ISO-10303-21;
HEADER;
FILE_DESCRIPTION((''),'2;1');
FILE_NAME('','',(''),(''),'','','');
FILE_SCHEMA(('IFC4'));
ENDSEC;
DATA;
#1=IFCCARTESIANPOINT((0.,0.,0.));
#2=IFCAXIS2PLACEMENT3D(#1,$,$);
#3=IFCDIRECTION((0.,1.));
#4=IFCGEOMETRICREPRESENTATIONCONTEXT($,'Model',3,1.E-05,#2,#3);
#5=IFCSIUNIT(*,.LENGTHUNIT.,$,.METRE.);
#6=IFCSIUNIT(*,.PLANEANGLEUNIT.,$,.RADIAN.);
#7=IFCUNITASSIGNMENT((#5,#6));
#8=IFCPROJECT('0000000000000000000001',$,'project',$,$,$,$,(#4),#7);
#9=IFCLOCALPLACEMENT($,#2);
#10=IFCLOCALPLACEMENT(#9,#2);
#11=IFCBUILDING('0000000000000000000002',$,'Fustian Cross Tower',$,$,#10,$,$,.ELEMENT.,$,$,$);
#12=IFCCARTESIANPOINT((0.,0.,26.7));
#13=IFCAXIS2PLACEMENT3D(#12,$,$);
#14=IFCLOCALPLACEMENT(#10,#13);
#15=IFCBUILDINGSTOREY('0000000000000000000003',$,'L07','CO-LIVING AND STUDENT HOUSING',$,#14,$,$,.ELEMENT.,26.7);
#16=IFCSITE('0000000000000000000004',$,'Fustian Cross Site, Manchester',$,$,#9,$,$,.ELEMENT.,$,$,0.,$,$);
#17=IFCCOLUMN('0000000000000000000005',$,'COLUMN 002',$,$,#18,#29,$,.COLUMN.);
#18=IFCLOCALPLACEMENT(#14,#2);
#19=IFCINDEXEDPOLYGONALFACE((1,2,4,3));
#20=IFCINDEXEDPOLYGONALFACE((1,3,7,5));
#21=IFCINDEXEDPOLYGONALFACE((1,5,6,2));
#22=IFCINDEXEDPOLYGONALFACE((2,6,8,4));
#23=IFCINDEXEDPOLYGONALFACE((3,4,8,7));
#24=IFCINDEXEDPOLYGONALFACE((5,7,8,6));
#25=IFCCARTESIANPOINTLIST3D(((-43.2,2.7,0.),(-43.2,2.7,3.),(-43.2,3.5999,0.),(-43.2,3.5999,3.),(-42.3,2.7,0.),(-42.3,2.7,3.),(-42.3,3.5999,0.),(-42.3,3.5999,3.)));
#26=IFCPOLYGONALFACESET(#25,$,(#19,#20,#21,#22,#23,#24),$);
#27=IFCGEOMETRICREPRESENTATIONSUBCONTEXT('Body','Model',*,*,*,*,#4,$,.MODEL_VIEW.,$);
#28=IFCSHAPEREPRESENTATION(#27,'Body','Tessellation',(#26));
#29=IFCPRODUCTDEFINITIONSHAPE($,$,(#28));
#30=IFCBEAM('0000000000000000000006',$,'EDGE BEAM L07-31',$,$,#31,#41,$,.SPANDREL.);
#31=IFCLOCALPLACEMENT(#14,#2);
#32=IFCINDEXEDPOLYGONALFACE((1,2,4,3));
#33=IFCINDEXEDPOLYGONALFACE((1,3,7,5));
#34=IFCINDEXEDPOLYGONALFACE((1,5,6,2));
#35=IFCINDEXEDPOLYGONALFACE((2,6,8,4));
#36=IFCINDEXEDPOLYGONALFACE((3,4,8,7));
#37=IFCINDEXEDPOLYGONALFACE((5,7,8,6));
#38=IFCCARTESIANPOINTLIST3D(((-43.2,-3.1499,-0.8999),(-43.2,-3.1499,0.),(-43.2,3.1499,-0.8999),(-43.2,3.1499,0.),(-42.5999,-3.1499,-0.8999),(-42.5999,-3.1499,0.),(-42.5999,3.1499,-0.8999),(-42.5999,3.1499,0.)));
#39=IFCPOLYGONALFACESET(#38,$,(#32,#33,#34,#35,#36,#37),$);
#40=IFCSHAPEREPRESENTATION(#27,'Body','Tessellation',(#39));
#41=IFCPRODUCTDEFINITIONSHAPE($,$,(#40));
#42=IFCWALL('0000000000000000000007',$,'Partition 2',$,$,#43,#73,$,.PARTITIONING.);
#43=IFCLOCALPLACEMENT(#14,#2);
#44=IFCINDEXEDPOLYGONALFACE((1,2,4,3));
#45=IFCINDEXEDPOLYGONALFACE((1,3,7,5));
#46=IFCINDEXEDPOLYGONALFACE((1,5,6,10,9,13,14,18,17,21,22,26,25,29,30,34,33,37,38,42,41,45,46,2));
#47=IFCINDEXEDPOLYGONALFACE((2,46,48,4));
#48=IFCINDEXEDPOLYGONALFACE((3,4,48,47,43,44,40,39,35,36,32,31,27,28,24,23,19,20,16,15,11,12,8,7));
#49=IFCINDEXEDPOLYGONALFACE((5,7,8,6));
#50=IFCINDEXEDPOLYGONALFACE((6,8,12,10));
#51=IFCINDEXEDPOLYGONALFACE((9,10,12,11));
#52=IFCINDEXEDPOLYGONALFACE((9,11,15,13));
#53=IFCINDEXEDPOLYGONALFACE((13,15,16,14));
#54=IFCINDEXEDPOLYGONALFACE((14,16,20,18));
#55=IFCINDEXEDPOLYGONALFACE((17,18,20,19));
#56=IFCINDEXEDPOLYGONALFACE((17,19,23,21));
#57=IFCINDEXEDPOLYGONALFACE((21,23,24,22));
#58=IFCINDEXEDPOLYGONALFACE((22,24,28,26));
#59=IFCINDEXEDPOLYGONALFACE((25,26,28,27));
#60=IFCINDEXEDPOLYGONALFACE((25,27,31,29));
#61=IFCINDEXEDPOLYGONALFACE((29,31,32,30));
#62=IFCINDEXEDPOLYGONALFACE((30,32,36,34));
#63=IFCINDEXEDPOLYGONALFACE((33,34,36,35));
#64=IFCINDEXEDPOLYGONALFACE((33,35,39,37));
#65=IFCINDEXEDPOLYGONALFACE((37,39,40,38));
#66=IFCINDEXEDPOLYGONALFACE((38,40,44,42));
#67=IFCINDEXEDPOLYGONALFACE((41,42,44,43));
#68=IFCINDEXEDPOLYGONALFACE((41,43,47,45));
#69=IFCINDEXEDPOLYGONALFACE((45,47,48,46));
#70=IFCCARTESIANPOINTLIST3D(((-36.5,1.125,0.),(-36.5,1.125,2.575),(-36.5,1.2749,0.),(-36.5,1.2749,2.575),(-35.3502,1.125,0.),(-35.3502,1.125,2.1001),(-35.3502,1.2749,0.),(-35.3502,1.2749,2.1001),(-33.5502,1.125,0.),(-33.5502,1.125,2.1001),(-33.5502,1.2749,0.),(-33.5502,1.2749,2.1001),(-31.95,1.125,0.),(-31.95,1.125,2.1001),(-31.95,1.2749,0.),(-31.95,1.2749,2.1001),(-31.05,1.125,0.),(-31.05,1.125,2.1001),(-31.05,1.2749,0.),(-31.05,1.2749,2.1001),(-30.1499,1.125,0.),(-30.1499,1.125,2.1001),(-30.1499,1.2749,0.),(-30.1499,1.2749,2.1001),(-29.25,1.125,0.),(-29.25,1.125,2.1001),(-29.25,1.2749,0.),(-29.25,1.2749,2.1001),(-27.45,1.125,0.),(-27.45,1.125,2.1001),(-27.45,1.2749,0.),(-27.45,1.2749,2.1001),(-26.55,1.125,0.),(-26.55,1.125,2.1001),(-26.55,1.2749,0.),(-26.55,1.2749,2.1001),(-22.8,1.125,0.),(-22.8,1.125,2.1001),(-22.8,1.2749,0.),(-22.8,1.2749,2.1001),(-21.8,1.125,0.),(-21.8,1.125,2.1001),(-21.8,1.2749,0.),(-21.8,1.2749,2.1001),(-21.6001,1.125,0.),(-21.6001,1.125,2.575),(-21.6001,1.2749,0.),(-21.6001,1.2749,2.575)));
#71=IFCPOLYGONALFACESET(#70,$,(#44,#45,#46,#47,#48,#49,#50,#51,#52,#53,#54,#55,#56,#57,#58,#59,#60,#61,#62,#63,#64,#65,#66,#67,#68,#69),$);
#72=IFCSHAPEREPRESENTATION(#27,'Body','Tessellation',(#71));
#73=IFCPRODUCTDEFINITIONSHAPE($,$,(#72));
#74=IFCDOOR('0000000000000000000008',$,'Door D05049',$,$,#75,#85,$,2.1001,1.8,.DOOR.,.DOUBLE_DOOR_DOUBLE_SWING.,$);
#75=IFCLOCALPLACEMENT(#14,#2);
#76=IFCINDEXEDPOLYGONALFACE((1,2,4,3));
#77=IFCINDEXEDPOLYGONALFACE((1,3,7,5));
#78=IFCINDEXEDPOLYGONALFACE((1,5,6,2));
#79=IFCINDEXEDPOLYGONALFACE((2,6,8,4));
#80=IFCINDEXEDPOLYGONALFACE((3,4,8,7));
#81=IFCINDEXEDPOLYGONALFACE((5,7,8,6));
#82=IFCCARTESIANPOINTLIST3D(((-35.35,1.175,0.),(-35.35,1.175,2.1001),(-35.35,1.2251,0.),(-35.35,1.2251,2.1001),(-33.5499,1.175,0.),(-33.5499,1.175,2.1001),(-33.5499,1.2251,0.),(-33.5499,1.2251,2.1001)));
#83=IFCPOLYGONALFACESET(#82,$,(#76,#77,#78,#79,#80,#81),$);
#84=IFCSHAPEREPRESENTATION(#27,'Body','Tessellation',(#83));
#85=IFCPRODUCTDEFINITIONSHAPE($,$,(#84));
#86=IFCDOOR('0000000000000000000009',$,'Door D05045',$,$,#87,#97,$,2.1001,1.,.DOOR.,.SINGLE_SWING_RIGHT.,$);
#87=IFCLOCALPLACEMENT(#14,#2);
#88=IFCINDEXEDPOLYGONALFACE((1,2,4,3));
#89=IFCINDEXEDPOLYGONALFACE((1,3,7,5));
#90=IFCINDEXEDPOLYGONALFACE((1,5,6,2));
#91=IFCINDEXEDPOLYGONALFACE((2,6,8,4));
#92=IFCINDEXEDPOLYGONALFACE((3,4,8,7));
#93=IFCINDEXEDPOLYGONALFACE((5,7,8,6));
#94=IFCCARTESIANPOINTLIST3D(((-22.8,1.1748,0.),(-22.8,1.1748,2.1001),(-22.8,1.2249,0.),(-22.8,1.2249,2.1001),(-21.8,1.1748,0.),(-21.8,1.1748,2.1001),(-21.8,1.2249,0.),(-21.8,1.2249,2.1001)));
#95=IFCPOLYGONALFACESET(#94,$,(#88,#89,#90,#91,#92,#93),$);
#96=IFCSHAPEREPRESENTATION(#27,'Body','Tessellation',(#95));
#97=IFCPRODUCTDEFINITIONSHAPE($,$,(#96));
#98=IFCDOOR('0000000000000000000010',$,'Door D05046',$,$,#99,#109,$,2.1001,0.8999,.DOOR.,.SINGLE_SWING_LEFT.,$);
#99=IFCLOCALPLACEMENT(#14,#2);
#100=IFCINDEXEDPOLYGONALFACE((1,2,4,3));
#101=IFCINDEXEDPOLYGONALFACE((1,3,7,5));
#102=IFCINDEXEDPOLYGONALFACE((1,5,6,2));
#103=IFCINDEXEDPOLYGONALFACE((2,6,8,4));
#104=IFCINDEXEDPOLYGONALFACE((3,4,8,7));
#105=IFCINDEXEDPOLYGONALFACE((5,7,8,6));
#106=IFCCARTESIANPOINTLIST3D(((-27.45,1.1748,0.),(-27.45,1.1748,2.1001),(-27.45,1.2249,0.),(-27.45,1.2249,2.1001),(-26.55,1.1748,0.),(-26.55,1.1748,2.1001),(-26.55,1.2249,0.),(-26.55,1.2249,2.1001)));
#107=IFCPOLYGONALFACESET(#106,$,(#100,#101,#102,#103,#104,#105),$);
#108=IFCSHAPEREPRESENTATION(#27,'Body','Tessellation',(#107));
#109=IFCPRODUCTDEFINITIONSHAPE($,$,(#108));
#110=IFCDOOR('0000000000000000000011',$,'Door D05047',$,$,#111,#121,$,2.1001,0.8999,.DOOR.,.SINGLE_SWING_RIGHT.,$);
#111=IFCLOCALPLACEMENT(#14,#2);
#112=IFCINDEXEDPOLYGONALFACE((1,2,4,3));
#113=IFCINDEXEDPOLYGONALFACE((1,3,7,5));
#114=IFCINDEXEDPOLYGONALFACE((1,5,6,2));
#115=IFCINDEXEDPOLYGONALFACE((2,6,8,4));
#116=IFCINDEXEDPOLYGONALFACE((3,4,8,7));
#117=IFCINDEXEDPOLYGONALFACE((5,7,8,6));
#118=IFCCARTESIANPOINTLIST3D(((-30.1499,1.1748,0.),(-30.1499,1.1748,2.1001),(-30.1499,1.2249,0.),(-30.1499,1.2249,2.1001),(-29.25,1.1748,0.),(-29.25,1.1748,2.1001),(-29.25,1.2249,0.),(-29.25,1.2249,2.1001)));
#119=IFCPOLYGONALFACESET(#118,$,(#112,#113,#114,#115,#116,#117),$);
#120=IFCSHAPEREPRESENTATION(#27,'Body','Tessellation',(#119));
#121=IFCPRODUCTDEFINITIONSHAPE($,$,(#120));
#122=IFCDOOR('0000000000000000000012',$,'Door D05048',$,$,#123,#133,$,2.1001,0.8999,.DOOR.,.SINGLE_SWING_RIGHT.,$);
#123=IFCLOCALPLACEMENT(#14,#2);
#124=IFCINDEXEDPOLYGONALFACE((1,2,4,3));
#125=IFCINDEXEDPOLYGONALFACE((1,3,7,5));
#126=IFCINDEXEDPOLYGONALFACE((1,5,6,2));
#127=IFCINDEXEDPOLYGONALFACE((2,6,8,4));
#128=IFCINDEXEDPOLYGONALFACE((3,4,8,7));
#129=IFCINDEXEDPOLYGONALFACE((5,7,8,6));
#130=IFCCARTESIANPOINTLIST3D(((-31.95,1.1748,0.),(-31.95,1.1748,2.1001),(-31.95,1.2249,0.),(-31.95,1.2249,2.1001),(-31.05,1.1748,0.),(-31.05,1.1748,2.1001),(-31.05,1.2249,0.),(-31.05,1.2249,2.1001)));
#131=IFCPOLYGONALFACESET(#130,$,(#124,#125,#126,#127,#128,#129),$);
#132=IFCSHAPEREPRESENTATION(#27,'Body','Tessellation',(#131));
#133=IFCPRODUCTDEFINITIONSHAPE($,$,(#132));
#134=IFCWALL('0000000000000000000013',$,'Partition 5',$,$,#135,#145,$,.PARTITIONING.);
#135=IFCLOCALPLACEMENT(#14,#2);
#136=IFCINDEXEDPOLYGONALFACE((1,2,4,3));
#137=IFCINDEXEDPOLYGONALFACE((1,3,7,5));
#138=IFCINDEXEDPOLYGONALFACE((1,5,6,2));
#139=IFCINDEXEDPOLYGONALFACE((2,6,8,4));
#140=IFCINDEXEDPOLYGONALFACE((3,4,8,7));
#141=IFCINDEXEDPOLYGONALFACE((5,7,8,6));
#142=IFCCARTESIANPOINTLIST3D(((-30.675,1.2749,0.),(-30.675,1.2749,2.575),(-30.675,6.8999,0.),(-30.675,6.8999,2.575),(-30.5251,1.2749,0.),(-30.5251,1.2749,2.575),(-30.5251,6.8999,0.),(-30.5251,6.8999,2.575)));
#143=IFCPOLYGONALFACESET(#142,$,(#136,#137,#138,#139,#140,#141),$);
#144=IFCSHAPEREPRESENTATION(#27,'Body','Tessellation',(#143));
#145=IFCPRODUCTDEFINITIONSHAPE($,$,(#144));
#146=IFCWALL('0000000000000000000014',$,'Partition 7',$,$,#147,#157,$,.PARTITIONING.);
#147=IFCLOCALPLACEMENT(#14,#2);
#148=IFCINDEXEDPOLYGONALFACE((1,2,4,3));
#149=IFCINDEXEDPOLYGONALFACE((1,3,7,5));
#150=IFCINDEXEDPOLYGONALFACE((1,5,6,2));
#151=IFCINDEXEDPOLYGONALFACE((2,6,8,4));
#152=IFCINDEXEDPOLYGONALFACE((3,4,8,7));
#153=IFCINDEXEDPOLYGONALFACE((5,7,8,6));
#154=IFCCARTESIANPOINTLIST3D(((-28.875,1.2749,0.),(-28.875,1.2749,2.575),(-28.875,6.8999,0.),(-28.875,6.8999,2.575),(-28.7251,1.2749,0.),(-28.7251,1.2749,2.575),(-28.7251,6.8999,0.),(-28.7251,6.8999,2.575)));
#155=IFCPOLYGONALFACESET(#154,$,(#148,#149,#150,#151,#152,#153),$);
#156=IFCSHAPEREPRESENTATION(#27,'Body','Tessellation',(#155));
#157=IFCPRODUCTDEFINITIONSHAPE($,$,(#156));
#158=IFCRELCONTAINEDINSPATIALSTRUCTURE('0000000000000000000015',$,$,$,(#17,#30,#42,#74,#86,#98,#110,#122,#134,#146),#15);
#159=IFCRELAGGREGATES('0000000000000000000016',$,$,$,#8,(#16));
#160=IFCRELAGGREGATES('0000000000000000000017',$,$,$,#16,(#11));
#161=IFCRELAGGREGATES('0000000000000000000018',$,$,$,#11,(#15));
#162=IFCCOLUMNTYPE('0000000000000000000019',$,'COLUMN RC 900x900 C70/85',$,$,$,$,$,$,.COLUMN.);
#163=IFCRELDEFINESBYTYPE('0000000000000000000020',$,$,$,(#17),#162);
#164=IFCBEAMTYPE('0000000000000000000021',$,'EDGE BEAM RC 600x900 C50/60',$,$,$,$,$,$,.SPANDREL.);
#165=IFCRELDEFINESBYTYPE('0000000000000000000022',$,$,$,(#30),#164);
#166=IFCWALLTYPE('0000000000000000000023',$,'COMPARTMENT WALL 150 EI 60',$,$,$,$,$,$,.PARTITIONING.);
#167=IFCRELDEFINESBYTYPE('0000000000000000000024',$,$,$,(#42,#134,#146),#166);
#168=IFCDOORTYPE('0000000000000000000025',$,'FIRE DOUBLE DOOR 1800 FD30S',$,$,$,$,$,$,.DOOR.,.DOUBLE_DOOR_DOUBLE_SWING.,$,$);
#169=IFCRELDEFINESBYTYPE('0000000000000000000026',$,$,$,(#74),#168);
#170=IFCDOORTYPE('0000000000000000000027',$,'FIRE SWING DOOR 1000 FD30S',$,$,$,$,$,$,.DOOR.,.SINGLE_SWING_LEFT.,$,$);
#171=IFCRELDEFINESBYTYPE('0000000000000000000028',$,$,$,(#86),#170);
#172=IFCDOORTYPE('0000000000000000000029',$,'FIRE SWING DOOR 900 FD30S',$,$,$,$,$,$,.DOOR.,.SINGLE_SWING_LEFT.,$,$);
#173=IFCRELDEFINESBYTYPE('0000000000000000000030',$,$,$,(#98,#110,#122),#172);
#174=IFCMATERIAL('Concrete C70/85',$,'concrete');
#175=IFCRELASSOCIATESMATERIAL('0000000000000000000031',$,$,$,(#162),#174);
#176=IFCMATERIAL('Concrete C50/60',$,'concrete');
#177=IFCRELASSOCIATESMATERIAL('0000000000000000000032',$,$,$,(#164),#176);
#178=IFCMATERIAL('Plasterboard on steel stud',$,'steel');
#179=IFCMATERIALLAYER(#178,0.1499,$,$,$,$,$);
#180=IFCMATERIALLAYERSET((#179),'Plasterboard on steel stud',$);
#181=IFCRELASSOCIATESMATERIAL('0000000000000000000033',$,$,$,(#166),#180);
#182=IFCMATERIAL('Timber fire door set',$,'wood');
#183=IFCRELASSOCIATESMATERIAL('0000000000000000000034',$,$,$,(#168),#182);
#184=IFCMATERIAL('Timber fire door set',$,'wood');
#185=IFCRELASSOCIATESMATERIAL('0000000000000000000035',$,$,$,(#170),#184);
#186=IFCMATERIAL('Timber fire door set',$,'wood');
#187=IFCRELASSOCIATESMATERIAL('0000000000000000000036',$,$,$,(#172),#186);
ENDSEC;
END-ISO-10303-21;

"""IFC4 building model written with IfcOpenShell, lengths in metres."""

from ifc_helpers import new_model, si_unit, direction, frame, frame_2d, origin, origin_2d, place, context, subcontext, project, spatial, rectangle, extrude, material, layer, layer_set, material_profile, profile_set, type_object, element, fill, save


model = new_model("IFC4")

# Units and contexts
model_context = context("Model", 3, precision=1e-05, world=origin(), true_north=direction((0.0, 1.0)))
body_context = subcontext(model_context, "Body", "Model", "MODEL_VIEW")
ifc_project = project(units=[si_unit("LENGTHUNIT", "METRE"), si_unit("PLANEANGLEUNIT", "RADIAN")], contexts=[model_context])

# Site, building, storey
site_placement = place(None, origin())
site = spatial("IfcSite", under=ifc_project, at=site_placement, Name="Fustian Cross Site, Manchester", CompositionType="ELEMENT", RefElevation=0.0)
building_placement = place(site_placement, origin())
building = spatial("IfcBuilding", under=site, at=building_placement, Name="Fustian Cross Tower", CompositionType="ELEMENT")
storey_placement = place(building_placement, frame((0.0, 0.0, 26.7)))
storey = spatial("IfcBuildingStorey", under=building, at=storey_placement, Name="L07", Description="CO-LIVING AND STUDENT HOUSING", CompositionType="ELEMENT", Elevation=26.7)

# Column
ifc_material_1 = material(Name="Concrete C70/85", Category="concrete")
ifc_material_profile_1 = material_profile(ifc_material_1, rectangle(XDim=0.8999, YDim=0.8999, at=origin_2d()), Name="RC 900x900")
ifc_profile_set_1 = profile_set([ifc_material_profile_1], Name="Concrete C70/85")
column_type = type_object("IfcColumnType", Name="COLUMN RC 900x900 C70/85", PredefinedType="COLUMN", material=ifc_profile_set_1)
column_placement = place(storey_placement, frame((-42.75, 3.1499, 0.0), z_axis=(0.0, 0.0, 1.0), x_axis=(1.0, 0.0, 0.0)))
element("IfcColumn", 1, at=column_placement, inside=storey, type_object=column_type, Name="COLUMN 002", PredefinedType="COLUMN", context=body_context, shape_type="SweptSolid", body=[
    extrude(rectangle(XDim=0.8999, YDim=0.8999, at=origin_2d()), origin(), (0.0, 0.0, 1.0), 3.0),
])

# Beam
ifc_material_2 = material(Name="Concrete C50/60", Category="concrete")
ifc_material_profile_2 = material_profile(ifc_material_2, rectangle(XDim=0.6001, YDim=0.8999, at=origin_2d()), Name="RC 600x900")
ifc_profile_set_2 = profile_set([ifc_material_profile_2], Name="Concrete C50/60")
beam_type = type_object("IfcBeamType", Name="EDGE BEAM RC 600x900 C50/60", PredefinedType="SPANDREL", material=ifc_profile_set_2)
beam_placement = place(storey_placement, frame((-42.8999, 3.1499, -0.45), z_axis=(0.0, -1.0, 0.0), x_axis=(1.0, 0.0, 0.0)))
element("IfcBeam", 2, at=beam_placement, inside=storey, type_object=beam_type, Name="EDGE BEAM L07-31", PredefinedType="SPANDREL", context=body_context, shape_type="SweptSolid", body=[
    extrude(rectangle(XDim=0.6001, YDim=0.8999, at=origin_2d()), origin(), (0.0, 0.0, 1.0), 6.2998),
])

# Wall, openings, doors
ifc_material_3 = material(Name="Plasterboard on steel stud", Category="steel")
ifc_layer_1 = layer(ifc_material_3, 0.1499)
ifc_layer_set_1 = layer_set([ifc_layer_1], Name="Plasterboard on steel stud")
wall_type_1 = type_object("IfcWallType", Name="COMPARTMENT WALL 150 EI 60", PredefinedType="PARTITIONING", material=ifc_layer_set_1)
wall_1_placement = place(storey_placement, frame((-36.5, 1.2, 0.0), z_axis=(0.0, 0.0, 1.0), x_axis=(1.0, 0.0, 0.0)))
wall_1 = element("IfcWall", 3, at=wall_1_placement, inside=storey, type_object=wall_type_1, Name="Partition 2", PredefinedType="PARTITIONING", context=body_context, shape_type="SweptSolid", body=[
    extrude(rectangle(XDim=14.8999, YDim=0.1499, at=frame_2d((7.45, 0.0))), origin(), (0.0, 0.0, 1.0), 2.575),
])
opening_1_placement = place(wall_1_placement, frame((13.7, 0.0, 0.0)))
opening_1 = element("IfcOpeningElement", 4, at=opening_1_placement, cuts=wall_1, PredefinedType="OPENING", context=body_context, shape_type="SweptSolid", body=[
    extrude(rectangle(XDim=1.0, YDim=2.1001, at=frame_2d((0.5, 1.05))), frame((0.0, 0.085, 0.0), z_axis=(0.0, -1.0, 0.0), x_axis=(1.0, 0.0, 0.0)), (0.0, 0.0, 1.0), 0.1699),
])
opening_2_placement = place(wall_1_placement, frame((9.05, 0.0, 0.0)))
opening_2 = element("IfcOpeningElement", 5, at=opening_2_placement, cuts=wall_1, PredefinedType="OPENING", context=body_context, shape_type="SweptSolid", body=[
    extrude(rectangle(XDim=0.8999, YDim=2.1001, at=frame_2d((0.45, 1.05))), frame((0.0, 0.085, 0.0), z_axis=(0.0, -1.0, 0.0), x_axis=(1.0, 0.0, 0.0)), (0.0, 0.0, 1.0), 0.1699),
])
opening_3_placement = place(wall_1_placement, frame((6.3501, 0.0, 0.0)))
opening_3 = element("IfcOpeningElement", 6, at=opening_3_placement, cuts=wall_1, PredefinedType="OPENING", context=body_context, shape_type="SweptSolid", body=[
    extrude(rectangle(XDim=0.8999, YDim=2.1001, at=frame_2d((0.45, 1.05))), frame((0.0, 0.085, 0.0), z_axis=(0.0, -1.0, 0.0), x_axis=(1.0, 0.0, 0.0)), (0.0, 0.0, 1.0), 0.1699),
])
opening_4_placement = place(wall_1_placement, frame((4.55, 0.0, 0.0)))
opening_4 = element("IfcOpeningElement", 7, at=opening_4_placement, cuts=wall_1, PredefinedType="OPENING", context=body_context, shape_type="SweptSolid", body=[
    extrude(rectangle(XDim=0.8999, YDim=2.1001, at=frame_2d((0.45, 1.05))), frame((0.0, 0.085, 0.0), z_axis=(0.0, -1.0, 0.0), x_axis=(1.0, 0.0, 0.0)), (0.0, 0.0, 1.0), 0.1699),
])
opening_5_placement = place(wall_1_placement, frame((1.1499, 0.0, 0.0)))
opening_5 = element("IfcOpeningElement", 8, at=opening_5_placement, cuts=wall_1, PredefinedType="OPENING", context=body_context, shape_type="SweptSolid", body=[
    extrude(rectangle(XDim=1.8, YDim=2.1001, at=frame_2d((0.8999, 1.05))), frame((0.0, 0.085, 0.0), z_axis=(0.0, -1.0, 0.0), x_axis=(1.0, 0.0, 0.0)), (0.0, 0.0, 1.0), 0.1699),
])
ifc_material_4 = material(Name="Timber fire door set", Category="wood")
door_type_1 = type_object("IfcDoorType", Name="FIRE DOUBLE DOOR 1800 FD30S", OperationType="DOUBLE_DOOR_DOUBLE_SWING", PredefinedType="DOOR", material=ifc_material_4)
door_1_placement = place(opening_5_placement, frame((1.8, 0.0, 0.0), z_axis=(0.0, 0.0, 1.0), x_axis=(-1.0, 0.0, 0.0)))
door_1 = element("IfcDoor", 9, at=door_1_placement, inside=storey, type_object=door_type_1, Name="Door D05049", OperationType="DOUBLE_DOOR_DOUBLE_SWING", OverallHeight=2.1001, OverallWidth=1.8, PredefinedType="DOOR", context=body_context, shape_type="SweptSolid", body=[
    extrude(rectangle(XDim=1.8, YDim=2.1001, at=frame_2d((0.8999, 1.05))), frame((0.0, 0.0249, 0.0), z_axis=(0.0, -1.0, 0.0), x_axis=(1.0, 0.0, 0.0)), (0.0, 0.0, 1.0), 0.05),
])
fill(opening_5, door_1)
ifc_material_5 = material(Name="Timber fire door set", Category="wood")
door_type_2 = type_object("IfcDoorType", Name="FIRE SWING DOOR 1000 FD30S", OperationType="SINGLE_SWING_LEFT", PredefinedType="DOOR", material=ifc_material_5)
door_2_placement = place(opening_1_placement, origin())
door_2 = element("IfcDoor", 10, at=door_2_placement, inside=storey, type_object=door_type_2, Name="Door D05045", OperationType="SINGLE_SWING_RIGHT", OverallHeight=2.1001, OverallWidth=1.0, PredefinedType="DOOR", context=body_context, shape_type="SweptSolid", body=[
    extrude(rectangle(XDim=1.0, YDim=2.1001, at=frame_2d((0.5, 1.05))), frame((0.0, 0.0249, 0.0), z_axis=(0.0, -1.0, 0.0), x_axis=(1.0, 0.0, 0.0)), (0.0, 0.0, 1.0), 0.05),
])
fill(opening_1, door_2)
ifc_material_6 = material(Name="Timber fire door set", Category="wood")
door_type_3 = type_object("IfcDoorType", Name="FIRE SWING DOOR 900 FD30S", OperationType="SINGLE_SWING_LEFT", PredefinedType="DOOR", material=ifc_material_6)
door_3_placement = place(opening_2_placement, origin())
door_3 = element("IfcDoor", 11, at=door_3_placement, inside=storey, type_object=door_type_3, Name="Door D05046", OperationType="SINGLE_SWING_LEFT", OverallHeight=2.1001, OverallWidth=0.8999, PredefinedType="DOOR", context=body_context, shape_type="SweptSolid", body=[
    extrude(rectangle(XDim=0.8999, YDim=2.1001, at=frame_2d((0.45, 1.05))), frame((0.0, 0.0249, 0.0), z_axis=(0.0, -1.0, 0.0), x_axis=(1.0, 0.0, 0.0)), (0.0, 0.0, 1.0), 0.05),
])
fill(opening_2, door_3)
door_4_placement = place(opening_3_placement, origin())
door_4 = element("IfcDoor", 12, at=door_4_placement, inside=storey, type_object=door_type_3, Name="Door D05047", OperationType="SINGLE_SWING_RIGHT", OverallHeight=2.1001, OverallWidth=0.8999, PredefinedType="DOOR", context=body_context, shape_type="SweptSolid", body=[
    extrude(rectangle(XDim=0.8999, YDim=2.1001, at=frame_2d((0.45, 1.05))), frame((0.0, 0.0249, 0.0), z_axis=(0.0, -1.0, 0.0), x_axis=(1.0, 0.0, 0.0)), (0.0, 0.0, 1.0), 0.05),
])
fill(opening_3, door_4)
door_5_placement = place(opening_4_placement, origin())
door_5 = element("IfcDoor", 13, at=door_5_placement, inside=storey, type_object=door_type_3, Name="Door D05048", OperationType="SINGLE_SWING_RIGHT", OverallHeight=2.1001, OverallWidth=0.8999, PredefinedType="DOOR", context=body_context, shape_type="SweptSolid", body=[
    extrude(rectangle(XDim=0.8999, YDim=2.1001, at=frame_2d((0.45, 1.05))), frame((0.0, 0.0249, 0.0), z_axis=(0.0, -1.0, 0.0), x_axis=(1.0, 0.0, 0.0)), (0.0, 0.0, 1.0), 0.05),
])
fill(opening_4, door_5)

# Walls
for number, where, z_axis, x_axis, name in (
    (14, (-30.6001, 1.2749, 0.0), (0.0, 0.0, 1.0), (0.0, 1.0, 0.0), "Partition 5"),
    (15, (-28.8, 1.2749, 0.0), (0.0, 0.0, 1.0), (0.0, 1.0, 0.0), "Partition 7"),
):
    element("IfcWall", number, at=place(storey_placement, frame(where, z_axis=z_axis, x_axis=x_axis)), inside=storey, type_object=wall_type_1, Name=name, PredefinedType="PARTITIONING", context=body_context, shape_type="SweptSolid", body=[
        extrude(rectangle(XDim=5.625, YDim=0.1499, at=frame_2d((2.8125, 0.0))), origin(), (0.0, 0.0, 1.0), 2.575),
    ])

save(model, "model.ifc")
